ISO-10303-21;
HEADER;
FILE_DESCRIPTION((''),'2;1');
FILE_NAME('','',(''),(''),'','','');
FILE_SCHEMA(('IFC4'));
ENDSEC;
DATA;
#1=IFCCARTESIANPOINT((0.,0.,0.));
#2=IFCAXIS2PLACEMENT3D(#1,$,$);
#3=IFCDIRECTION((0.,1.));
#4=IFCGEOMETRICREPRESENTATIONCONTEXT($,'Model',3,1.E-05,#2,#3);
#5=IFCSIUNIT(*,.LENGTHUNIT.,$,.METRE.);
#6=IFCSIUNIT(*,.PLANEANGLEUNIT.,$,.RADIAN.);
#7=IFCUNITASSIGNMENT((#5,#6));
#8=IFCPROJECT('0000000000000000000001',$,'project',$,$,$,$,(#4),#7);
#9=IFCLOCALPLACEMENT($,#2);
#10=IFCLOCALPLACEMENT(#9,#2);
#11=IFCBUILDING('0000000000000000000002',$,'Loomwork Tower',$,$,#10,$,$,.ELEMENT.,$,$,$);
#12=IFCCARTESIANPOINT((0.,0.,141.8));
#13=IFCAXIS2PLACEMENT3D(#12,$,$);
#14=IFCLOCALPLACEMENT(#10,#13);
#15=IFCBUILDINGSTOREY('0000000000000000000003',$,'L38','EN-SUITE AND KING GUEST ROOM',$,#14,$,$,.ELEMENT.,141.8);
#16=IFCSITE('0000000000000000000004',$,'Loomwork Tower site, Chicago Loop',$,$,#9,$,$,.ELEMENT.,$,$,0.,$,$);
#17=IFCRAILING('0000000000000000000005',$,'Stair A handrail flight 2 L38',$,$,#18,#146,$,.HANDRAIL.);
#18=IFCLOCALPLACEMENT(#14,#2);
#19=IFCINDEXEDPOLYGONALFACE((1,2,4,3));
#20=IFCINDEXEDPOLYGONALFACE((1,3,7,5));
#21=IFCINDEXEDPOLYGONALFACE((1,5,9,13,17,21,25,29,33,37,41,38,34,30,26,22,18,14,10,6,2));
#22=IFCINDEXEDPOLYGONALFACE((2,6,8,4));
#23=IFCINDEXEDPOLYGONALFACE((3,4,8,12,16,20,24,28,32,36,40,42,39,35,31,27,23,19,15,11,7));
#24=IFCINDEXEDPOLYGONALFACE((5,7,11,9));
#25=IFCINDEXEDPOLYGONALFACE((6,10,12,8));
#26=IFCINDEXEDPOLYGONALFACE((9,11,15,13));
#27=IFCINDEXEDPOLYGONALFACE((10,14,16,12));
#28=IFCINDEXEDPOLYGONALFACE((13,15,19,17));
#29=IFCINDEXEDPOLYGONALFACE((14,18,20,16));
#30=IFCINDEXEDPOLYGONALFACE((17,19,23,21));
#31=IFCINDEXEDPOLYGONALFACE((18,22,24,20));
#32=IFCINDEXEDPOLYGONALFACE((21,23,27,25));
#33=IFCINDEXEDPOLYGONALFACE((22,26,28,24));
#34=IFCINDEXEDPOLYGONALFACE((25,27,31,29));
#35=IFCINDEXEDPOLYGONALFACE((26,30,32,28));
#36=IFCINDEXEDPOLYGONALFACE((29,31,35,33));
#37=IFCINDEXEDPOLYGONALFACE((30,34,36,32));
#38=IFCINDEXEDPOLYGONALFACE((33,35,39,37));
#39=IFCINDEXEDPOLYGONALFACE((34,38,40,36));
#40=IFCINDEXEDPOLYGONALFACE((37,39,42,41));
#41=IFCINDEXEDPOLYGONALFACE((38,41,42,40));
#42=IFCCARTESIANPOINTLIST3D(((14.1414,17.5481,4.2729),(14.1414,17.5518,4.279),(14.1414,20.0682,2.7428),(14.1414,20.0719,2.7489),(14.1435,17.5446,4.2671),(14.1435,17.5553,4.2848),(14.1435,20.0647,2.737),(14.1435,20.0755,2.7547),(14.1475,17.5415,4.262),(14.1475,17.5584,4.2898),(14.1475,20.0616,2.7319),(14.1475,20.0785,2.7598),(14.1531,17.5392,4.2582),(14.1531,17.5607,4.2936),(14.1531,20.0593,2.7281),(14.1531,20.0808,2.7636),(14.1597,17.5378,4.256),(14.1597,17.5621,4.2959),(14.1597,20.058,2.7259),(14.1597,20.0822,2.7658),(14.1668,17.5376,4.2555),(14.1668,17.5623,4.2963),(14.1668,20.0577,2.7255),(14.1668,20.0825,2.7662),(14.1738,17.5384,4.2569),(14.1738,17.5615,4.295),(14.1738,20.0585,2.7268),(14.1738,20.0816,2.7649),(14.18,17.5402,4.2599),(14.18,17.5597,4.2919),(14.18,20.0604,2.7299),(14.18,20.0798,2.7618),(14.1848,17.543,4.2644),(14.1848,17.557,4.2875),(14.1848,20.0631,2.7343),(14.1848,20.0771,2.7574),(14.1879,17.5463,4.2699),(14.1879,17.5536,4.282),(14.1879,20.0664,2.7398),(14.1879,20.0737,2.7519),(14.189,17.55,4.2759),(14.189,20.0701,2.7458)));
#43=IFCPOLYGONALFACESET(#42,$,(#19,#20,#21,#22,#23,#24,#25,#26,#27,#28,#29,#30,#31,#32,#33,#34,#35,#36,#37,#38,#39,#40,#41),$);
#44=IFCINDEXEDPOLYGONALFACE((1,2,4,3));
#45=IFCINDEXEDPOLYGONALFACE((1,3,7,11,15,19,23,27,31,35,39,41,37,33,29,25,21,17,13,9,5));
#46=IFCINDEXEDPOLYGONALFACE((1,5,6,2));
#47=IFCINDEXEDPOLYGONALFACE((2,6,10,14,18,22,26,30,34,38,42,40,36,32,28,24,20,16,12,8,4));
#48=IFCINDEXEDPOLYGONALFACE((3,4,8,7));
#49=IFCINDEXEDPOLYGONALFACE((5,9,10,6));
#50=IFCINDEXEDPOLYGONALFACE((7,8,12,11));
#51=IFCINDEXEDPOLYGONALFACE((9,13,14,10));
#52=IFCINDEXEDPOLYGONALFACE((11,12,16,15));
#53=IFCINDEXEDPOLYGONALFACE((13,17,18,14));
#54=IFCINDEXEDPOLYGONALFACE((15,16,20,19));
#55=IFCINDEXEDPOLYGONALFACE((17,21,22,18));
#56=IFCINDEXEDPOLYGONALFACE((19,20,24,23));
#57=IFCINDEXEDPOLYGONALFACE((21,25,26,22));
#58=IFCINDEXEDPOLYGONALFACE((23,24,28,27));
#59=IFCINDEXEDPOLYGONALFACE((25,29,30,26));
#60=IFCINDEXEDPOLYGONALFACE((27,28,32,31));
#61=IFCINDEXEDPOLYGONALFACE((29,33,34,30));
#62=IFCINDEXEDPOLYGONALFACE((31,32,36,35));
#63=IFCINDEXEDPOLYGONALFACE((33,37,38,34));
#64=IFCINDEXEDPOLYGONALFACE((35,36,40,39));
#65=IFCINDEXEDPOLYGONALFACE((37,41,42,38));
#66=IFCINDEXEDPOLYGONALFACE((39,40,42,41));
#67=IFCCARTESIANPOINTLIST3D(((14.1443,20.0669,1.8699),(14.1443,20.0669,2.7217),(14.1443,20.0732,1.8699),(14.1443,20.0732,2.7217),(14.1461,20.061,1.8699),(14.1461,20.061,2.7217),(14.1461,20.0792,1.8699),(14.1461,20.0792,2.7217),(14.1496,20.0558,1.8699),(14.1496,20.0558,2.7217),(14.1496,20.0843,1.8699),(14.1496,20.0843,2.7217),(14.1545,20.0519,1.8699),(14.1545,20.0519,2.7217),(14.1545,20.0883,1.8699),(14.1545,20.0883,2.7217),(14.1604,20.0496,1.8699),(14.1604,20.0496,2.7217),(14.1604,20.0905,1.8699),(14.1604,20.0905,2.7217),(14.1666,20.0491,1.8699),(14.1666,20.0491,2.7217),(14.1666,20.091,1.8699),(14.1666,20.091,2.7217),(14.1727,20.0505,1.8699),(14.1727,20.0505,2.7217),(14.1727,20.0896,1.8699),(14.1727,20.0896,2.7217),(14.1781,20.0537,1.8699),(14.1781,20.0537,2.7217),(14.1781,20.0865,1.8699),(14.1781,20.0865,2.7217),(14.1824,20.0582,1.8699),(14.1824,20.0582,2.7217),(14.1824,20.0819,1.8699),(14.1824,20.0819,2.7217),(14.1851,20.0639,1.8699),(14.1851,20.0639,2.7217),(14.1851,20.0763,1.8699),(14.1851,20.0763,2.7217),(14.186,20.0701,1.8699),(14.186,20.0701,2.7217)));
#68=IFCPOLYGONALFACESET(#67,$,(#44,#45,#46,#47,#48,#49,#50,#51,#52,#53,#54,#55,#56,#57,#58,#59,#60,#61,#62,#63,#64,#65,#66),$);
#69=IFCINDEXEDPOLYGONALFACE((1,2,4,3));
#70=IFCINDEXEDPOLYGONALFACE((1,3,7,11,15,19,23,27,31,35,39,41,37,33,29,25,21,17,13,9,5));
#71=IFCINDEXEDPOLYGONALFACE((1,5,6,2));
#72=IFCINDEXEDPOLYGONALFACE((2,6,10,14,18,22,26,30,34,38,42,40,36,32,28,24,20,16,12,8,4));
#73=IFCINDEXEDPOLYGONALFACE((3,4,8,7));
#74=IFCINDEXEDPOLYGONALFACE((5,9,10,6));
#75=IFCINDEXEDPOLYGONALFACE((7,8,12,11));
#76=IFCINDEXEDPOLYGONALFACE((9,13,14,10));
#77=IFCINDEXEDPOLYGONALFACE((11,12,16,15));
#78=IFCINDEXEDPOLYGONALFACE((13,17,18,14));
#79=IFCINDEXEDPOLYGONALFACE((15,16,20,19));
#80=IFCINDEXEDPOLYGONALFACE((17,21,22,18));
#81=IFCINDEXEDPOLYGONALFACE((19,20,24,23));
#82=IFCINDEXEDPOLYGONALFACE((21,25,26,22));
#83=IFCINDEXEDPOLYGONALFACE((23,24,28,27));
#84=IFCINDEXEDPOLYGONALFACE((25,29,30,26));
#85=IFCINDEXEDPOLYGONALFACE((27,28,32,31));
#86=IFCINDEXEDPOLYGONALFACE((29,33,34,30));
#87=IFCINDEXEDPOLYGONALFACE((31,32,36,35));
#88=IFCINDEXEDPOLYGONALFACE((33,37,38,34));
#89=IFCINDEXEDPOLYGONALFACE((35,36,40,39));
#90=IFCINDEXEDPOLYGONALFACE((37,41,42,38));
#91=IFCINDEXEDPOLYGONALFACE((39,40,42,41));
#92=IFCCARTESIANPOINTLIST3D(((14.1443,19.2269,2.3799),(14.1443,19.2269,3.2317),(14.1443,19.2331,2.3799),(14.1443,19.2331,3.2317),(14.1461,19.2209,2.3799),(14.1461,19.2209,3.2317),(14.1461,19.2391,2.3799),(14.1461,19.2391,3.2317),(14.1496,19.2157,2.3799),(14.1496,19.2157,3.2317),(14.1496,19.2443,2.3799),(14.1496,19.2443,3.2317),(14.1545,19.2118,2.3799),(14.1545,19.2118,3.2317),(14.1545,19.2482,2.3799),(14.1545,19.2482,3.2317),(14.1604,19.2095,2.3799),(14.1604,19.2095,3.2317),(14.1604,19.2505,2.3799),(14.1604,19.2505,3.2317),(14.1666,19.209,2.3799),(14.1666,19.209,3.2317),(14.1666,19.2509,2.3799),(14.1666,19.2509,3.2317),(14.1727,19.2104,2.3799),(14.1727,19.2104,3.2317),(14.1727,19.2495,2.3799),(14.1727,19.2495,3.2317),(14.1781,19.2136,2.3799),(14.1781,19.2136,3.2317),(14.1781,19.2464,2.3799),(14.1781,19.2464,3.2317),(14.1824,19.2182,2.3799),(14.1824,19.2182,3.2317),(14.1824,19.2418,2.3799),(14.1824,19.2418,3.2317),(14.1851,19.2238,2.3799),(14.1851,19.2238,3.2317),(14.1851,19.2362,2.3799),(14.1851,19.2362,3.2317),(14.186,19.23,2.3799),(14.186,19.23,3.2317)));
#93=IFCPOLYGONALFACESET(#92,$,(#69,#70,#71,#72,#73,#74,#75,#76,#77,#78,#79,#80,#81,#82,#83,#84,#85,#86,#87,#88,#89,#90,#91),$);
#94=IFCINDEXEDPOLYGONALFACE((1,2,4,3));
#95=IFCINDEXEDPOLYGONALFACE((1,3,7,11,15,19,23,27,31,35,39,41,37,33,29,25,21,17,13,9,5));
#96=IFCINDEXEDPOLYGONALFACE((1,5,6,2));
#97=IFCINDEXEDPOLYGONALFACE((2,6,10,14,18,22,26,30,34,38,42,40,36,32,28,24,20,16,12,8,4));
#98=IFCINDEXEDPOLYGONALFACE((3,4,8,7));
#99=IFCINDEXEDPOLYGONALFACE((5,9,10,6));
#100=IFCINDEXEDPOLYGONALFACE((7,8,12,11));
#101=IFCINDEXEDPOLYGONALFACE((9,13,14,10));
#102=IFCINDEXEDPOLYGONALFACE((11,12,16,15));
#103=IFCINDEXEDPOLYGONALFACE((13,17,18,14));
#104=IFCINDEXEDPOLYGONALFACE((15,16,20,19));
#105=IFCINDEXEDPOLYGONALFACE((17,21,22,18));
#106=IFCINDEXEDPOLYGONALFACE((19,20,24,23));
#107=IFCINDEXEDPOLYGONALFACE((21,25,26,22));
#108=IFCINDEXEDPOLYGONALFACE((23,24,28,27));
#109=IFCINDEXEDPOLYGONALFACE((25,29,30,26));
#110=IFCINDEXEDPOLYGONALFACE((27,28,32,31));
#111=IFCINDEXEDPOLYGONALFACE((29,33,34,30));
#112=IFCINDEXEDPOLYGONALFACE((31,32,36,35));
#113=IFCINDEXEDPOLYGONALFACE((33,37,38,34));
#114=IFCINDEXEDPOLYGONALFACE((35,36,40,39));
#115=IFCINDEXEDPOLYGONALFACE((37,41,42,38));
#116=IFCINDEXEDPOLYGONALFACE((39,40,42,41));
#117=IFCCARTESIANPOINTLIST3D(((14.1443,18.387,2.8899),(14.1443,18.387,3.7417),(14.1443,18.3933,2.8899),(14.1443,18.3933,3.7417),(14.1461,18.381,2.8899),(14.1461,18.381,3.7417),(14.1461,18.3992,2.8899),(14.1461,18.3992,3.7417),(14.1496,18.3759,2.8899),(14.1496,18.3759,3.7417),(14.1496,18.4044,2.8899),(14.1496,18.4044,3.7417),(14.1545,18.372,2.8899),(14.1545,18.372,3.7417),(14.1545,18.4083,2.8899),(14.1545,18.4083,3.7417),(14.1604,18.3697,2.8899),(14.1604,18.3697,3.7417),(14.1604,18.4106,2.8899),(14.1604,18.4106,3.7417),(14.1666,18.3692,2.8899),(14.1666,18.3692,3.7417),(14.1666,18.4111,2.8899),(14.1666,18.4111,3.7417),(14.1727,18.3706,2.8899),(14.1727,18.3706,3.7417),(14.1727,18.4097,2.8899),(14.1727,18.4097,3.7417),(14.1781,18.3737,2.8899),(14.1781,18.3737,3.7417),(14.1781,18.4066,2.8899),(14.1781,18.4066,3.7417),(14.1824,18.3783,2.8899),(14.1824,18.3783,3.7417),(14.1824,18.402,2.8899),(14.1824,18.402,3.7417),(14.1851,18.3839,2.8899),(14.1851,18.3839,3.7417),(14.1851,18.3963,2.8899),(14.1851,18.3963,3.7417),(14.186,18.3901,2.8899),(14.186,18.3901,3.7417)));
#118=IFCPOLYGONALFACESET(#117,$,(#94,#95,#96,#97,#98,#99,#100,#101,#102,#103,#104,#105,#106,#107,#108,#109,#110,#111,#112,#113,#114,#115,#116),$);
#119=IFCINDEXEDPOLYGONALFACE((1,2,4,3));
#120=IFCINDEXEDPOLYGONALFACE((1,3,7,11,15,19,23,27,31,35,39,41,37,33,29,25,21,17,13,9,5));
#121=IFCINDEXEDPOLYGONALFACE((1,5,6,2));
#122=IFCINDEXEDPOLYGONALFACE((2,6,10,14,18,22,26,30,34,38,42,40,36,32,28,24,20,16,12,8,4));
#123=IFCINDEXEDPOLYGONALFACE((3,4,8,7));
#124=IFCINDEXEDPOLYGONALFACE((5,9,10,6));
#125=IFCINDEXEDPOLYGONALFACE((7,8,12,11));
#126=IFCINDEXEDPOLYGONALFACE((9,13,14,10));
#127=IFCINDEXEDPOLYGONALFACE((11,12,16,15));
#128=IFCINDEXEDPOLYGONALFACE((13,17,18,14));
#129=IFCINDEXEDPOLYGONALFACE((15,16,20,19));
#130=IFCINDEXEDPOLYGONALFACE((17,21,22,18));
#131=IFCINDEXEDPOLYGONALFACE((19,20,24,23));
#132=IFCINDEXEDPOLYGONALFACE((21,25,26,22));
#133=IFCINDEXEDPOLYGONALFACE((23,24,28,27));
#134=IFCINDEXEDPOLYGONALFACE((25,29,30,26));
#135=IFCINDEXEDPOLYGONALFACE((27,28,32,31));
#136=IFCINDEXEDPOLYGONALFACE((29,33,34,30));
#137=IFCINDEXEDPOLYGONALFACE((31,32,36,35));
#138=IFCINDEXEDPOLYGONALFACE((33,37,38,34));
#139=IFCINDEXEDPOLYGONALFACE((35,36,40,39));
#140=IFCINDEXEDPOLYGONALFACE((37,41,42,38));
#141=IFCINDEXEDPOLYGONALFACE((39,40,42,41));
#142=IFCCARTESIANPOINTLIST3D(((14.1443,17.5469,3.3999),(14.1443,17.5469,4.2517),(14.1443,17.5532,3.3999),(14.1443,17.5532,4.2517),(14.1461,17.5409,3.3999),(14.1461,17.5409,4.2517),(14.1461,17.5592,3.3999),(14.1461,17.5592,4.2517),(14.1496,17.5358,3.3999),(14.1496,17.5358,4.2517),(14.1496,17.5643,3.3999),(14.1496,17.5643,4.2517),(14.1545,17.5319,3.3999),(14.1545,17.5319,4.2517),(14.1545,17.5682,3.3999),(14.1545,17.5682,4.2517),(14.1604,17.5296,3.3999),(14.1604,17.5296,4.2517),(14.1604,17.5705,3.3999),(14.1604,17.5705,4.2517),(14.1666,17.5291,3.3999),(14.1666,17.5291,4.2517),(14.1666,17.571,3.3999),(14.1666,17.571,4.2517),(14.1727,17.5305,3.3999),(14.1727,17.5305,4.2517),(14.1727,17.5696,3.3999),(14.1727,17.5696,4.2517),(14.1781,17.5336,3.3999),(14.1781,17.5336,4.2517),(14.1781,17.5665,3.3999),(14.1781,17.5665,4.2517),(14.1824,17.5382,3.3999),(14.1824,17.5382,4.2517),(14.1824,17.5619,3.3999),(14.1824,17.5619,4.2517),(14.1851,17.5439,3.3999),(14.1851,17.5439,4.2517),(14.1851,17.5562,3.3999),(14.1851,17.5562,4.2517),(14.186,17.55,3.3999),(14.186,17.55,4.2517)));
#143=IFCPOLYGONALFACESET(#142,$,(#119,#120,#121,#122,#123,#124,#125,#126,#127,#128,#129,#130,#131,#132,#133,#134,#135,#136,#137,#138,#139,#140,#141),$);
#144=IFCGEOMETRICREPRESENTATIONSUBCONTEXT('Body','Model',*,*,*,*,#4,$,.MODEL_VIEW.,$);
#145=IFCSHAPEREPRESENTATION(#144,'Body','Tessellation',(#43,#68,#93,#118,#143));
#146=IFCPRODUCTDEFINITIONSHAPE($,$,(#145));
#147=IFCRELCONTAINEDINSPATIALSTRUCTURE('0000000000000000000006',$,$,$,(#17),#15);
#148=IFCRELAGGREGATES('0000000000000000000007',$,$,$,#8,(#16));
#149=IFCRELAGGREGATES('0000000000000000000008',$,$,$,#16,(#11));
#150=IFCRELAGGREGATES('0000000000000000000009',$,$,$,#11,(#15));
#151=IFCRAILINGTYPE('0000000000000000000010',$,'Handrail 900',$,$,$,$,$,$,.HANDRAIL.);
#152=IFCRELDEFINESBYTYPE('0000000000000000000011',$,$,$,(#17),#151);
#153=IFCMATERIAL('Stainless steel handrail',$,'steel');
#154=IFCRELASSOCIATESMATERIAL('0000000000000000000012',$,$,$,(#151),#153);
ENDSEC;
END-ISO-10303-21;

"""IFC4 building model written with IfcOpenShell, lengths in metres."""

from ifc_helpers import new_model, si_unit, direction, frame, origin, origin_2d, place, context, subcontext, project, spatial, circle, extrude, material, type_object, element, save


model = new_model("IFC4")

# Units and contexts
model_context = context("Model", 3, precision=1e-05, world=origin(), true_north=direction((0.0, 1.0)))
body_context = subcontext(model_context, "Body", "Model", "MODEL_VIEW")
ifc_project = project(units=[si_unit("LENGTHUNIT", "METRE"), si_unit("PLANEANGLEUNIT", "RADIAN")], contexts=[model_context])

# Site, building, storey
site_placement = place(None, origin())
site = spatial("IfcSite", under=ifc_project, at=site_placement, Name="Loomwork Tower site, Chicago Loop", CompositionType="ELEMENT", RefElevation=0.0)
building_placement = place(site_placement, origin())
building = spatial("IfcBuilding", under=site, at=building_placement, Name="Loomwork Tower", CompositionType="ELEMENT")
storey_placement = place(building_placement, frame((0.0, 0.0, 141.8)))
storey = spatial("IfcBuildingStorey", under=building, at=storey_placement, Name="L38", Description="EN-SUITE AND KING GUEST ROOM", CompositionType="ELEMENT", Elevation=141.8)

# Railing
ifc_material_1 = material(Name="Stainless steel handrail", Category="steel")
railing_type = type_object("IfcRailingType", Name="Handrail 900", PredefinedType="HANDRAIL", material=ifc_material_1)
railing_placement = place(storey_placement, frame((14.165, 20.0701, 1.8699)))
element("IfcRailing", 1, at=railing_placement, inside=storey, type_object=railing_type, Name="Stair A handrail flight 2 L38", PredefinedType="HANDRAIL", context=body_context, shape_type="SweptSolid", body=[
    extrude(circle(Radius=0.0239, at=origin_2d()), frame((0.0, 0.0, 0.876), z_axis=(0.0, -0.854785, 0.518982), x_axis=(1.0, 0.0, 0.0)), (0.0, 0.0, 1.0), 2.9482),
    extrude(circle(Radius=0.021, at=origin_2d()), origin(), (0.0, 0.0, 1.0), 0.8518),
    extrude(circle(Radius=0.021, at=origin_2d()), frame((0.0, -0.8401, 0.51)), (0.0, 0.0, 1.0), 0.8518),
    extrude(circle(Radius=0.021, at=origin_2d()), frame((0.0, -1.6799, 1.02)), (0.0, 0.0, 1.0), 0.8518),
    extrude(circle(Radius=0.021, at=origin_2d()), frame((0.0, -2.52, 1.53)), (0.0, 0.0, 1.0), 0.8518),
])

save(model, "model.ifc")
